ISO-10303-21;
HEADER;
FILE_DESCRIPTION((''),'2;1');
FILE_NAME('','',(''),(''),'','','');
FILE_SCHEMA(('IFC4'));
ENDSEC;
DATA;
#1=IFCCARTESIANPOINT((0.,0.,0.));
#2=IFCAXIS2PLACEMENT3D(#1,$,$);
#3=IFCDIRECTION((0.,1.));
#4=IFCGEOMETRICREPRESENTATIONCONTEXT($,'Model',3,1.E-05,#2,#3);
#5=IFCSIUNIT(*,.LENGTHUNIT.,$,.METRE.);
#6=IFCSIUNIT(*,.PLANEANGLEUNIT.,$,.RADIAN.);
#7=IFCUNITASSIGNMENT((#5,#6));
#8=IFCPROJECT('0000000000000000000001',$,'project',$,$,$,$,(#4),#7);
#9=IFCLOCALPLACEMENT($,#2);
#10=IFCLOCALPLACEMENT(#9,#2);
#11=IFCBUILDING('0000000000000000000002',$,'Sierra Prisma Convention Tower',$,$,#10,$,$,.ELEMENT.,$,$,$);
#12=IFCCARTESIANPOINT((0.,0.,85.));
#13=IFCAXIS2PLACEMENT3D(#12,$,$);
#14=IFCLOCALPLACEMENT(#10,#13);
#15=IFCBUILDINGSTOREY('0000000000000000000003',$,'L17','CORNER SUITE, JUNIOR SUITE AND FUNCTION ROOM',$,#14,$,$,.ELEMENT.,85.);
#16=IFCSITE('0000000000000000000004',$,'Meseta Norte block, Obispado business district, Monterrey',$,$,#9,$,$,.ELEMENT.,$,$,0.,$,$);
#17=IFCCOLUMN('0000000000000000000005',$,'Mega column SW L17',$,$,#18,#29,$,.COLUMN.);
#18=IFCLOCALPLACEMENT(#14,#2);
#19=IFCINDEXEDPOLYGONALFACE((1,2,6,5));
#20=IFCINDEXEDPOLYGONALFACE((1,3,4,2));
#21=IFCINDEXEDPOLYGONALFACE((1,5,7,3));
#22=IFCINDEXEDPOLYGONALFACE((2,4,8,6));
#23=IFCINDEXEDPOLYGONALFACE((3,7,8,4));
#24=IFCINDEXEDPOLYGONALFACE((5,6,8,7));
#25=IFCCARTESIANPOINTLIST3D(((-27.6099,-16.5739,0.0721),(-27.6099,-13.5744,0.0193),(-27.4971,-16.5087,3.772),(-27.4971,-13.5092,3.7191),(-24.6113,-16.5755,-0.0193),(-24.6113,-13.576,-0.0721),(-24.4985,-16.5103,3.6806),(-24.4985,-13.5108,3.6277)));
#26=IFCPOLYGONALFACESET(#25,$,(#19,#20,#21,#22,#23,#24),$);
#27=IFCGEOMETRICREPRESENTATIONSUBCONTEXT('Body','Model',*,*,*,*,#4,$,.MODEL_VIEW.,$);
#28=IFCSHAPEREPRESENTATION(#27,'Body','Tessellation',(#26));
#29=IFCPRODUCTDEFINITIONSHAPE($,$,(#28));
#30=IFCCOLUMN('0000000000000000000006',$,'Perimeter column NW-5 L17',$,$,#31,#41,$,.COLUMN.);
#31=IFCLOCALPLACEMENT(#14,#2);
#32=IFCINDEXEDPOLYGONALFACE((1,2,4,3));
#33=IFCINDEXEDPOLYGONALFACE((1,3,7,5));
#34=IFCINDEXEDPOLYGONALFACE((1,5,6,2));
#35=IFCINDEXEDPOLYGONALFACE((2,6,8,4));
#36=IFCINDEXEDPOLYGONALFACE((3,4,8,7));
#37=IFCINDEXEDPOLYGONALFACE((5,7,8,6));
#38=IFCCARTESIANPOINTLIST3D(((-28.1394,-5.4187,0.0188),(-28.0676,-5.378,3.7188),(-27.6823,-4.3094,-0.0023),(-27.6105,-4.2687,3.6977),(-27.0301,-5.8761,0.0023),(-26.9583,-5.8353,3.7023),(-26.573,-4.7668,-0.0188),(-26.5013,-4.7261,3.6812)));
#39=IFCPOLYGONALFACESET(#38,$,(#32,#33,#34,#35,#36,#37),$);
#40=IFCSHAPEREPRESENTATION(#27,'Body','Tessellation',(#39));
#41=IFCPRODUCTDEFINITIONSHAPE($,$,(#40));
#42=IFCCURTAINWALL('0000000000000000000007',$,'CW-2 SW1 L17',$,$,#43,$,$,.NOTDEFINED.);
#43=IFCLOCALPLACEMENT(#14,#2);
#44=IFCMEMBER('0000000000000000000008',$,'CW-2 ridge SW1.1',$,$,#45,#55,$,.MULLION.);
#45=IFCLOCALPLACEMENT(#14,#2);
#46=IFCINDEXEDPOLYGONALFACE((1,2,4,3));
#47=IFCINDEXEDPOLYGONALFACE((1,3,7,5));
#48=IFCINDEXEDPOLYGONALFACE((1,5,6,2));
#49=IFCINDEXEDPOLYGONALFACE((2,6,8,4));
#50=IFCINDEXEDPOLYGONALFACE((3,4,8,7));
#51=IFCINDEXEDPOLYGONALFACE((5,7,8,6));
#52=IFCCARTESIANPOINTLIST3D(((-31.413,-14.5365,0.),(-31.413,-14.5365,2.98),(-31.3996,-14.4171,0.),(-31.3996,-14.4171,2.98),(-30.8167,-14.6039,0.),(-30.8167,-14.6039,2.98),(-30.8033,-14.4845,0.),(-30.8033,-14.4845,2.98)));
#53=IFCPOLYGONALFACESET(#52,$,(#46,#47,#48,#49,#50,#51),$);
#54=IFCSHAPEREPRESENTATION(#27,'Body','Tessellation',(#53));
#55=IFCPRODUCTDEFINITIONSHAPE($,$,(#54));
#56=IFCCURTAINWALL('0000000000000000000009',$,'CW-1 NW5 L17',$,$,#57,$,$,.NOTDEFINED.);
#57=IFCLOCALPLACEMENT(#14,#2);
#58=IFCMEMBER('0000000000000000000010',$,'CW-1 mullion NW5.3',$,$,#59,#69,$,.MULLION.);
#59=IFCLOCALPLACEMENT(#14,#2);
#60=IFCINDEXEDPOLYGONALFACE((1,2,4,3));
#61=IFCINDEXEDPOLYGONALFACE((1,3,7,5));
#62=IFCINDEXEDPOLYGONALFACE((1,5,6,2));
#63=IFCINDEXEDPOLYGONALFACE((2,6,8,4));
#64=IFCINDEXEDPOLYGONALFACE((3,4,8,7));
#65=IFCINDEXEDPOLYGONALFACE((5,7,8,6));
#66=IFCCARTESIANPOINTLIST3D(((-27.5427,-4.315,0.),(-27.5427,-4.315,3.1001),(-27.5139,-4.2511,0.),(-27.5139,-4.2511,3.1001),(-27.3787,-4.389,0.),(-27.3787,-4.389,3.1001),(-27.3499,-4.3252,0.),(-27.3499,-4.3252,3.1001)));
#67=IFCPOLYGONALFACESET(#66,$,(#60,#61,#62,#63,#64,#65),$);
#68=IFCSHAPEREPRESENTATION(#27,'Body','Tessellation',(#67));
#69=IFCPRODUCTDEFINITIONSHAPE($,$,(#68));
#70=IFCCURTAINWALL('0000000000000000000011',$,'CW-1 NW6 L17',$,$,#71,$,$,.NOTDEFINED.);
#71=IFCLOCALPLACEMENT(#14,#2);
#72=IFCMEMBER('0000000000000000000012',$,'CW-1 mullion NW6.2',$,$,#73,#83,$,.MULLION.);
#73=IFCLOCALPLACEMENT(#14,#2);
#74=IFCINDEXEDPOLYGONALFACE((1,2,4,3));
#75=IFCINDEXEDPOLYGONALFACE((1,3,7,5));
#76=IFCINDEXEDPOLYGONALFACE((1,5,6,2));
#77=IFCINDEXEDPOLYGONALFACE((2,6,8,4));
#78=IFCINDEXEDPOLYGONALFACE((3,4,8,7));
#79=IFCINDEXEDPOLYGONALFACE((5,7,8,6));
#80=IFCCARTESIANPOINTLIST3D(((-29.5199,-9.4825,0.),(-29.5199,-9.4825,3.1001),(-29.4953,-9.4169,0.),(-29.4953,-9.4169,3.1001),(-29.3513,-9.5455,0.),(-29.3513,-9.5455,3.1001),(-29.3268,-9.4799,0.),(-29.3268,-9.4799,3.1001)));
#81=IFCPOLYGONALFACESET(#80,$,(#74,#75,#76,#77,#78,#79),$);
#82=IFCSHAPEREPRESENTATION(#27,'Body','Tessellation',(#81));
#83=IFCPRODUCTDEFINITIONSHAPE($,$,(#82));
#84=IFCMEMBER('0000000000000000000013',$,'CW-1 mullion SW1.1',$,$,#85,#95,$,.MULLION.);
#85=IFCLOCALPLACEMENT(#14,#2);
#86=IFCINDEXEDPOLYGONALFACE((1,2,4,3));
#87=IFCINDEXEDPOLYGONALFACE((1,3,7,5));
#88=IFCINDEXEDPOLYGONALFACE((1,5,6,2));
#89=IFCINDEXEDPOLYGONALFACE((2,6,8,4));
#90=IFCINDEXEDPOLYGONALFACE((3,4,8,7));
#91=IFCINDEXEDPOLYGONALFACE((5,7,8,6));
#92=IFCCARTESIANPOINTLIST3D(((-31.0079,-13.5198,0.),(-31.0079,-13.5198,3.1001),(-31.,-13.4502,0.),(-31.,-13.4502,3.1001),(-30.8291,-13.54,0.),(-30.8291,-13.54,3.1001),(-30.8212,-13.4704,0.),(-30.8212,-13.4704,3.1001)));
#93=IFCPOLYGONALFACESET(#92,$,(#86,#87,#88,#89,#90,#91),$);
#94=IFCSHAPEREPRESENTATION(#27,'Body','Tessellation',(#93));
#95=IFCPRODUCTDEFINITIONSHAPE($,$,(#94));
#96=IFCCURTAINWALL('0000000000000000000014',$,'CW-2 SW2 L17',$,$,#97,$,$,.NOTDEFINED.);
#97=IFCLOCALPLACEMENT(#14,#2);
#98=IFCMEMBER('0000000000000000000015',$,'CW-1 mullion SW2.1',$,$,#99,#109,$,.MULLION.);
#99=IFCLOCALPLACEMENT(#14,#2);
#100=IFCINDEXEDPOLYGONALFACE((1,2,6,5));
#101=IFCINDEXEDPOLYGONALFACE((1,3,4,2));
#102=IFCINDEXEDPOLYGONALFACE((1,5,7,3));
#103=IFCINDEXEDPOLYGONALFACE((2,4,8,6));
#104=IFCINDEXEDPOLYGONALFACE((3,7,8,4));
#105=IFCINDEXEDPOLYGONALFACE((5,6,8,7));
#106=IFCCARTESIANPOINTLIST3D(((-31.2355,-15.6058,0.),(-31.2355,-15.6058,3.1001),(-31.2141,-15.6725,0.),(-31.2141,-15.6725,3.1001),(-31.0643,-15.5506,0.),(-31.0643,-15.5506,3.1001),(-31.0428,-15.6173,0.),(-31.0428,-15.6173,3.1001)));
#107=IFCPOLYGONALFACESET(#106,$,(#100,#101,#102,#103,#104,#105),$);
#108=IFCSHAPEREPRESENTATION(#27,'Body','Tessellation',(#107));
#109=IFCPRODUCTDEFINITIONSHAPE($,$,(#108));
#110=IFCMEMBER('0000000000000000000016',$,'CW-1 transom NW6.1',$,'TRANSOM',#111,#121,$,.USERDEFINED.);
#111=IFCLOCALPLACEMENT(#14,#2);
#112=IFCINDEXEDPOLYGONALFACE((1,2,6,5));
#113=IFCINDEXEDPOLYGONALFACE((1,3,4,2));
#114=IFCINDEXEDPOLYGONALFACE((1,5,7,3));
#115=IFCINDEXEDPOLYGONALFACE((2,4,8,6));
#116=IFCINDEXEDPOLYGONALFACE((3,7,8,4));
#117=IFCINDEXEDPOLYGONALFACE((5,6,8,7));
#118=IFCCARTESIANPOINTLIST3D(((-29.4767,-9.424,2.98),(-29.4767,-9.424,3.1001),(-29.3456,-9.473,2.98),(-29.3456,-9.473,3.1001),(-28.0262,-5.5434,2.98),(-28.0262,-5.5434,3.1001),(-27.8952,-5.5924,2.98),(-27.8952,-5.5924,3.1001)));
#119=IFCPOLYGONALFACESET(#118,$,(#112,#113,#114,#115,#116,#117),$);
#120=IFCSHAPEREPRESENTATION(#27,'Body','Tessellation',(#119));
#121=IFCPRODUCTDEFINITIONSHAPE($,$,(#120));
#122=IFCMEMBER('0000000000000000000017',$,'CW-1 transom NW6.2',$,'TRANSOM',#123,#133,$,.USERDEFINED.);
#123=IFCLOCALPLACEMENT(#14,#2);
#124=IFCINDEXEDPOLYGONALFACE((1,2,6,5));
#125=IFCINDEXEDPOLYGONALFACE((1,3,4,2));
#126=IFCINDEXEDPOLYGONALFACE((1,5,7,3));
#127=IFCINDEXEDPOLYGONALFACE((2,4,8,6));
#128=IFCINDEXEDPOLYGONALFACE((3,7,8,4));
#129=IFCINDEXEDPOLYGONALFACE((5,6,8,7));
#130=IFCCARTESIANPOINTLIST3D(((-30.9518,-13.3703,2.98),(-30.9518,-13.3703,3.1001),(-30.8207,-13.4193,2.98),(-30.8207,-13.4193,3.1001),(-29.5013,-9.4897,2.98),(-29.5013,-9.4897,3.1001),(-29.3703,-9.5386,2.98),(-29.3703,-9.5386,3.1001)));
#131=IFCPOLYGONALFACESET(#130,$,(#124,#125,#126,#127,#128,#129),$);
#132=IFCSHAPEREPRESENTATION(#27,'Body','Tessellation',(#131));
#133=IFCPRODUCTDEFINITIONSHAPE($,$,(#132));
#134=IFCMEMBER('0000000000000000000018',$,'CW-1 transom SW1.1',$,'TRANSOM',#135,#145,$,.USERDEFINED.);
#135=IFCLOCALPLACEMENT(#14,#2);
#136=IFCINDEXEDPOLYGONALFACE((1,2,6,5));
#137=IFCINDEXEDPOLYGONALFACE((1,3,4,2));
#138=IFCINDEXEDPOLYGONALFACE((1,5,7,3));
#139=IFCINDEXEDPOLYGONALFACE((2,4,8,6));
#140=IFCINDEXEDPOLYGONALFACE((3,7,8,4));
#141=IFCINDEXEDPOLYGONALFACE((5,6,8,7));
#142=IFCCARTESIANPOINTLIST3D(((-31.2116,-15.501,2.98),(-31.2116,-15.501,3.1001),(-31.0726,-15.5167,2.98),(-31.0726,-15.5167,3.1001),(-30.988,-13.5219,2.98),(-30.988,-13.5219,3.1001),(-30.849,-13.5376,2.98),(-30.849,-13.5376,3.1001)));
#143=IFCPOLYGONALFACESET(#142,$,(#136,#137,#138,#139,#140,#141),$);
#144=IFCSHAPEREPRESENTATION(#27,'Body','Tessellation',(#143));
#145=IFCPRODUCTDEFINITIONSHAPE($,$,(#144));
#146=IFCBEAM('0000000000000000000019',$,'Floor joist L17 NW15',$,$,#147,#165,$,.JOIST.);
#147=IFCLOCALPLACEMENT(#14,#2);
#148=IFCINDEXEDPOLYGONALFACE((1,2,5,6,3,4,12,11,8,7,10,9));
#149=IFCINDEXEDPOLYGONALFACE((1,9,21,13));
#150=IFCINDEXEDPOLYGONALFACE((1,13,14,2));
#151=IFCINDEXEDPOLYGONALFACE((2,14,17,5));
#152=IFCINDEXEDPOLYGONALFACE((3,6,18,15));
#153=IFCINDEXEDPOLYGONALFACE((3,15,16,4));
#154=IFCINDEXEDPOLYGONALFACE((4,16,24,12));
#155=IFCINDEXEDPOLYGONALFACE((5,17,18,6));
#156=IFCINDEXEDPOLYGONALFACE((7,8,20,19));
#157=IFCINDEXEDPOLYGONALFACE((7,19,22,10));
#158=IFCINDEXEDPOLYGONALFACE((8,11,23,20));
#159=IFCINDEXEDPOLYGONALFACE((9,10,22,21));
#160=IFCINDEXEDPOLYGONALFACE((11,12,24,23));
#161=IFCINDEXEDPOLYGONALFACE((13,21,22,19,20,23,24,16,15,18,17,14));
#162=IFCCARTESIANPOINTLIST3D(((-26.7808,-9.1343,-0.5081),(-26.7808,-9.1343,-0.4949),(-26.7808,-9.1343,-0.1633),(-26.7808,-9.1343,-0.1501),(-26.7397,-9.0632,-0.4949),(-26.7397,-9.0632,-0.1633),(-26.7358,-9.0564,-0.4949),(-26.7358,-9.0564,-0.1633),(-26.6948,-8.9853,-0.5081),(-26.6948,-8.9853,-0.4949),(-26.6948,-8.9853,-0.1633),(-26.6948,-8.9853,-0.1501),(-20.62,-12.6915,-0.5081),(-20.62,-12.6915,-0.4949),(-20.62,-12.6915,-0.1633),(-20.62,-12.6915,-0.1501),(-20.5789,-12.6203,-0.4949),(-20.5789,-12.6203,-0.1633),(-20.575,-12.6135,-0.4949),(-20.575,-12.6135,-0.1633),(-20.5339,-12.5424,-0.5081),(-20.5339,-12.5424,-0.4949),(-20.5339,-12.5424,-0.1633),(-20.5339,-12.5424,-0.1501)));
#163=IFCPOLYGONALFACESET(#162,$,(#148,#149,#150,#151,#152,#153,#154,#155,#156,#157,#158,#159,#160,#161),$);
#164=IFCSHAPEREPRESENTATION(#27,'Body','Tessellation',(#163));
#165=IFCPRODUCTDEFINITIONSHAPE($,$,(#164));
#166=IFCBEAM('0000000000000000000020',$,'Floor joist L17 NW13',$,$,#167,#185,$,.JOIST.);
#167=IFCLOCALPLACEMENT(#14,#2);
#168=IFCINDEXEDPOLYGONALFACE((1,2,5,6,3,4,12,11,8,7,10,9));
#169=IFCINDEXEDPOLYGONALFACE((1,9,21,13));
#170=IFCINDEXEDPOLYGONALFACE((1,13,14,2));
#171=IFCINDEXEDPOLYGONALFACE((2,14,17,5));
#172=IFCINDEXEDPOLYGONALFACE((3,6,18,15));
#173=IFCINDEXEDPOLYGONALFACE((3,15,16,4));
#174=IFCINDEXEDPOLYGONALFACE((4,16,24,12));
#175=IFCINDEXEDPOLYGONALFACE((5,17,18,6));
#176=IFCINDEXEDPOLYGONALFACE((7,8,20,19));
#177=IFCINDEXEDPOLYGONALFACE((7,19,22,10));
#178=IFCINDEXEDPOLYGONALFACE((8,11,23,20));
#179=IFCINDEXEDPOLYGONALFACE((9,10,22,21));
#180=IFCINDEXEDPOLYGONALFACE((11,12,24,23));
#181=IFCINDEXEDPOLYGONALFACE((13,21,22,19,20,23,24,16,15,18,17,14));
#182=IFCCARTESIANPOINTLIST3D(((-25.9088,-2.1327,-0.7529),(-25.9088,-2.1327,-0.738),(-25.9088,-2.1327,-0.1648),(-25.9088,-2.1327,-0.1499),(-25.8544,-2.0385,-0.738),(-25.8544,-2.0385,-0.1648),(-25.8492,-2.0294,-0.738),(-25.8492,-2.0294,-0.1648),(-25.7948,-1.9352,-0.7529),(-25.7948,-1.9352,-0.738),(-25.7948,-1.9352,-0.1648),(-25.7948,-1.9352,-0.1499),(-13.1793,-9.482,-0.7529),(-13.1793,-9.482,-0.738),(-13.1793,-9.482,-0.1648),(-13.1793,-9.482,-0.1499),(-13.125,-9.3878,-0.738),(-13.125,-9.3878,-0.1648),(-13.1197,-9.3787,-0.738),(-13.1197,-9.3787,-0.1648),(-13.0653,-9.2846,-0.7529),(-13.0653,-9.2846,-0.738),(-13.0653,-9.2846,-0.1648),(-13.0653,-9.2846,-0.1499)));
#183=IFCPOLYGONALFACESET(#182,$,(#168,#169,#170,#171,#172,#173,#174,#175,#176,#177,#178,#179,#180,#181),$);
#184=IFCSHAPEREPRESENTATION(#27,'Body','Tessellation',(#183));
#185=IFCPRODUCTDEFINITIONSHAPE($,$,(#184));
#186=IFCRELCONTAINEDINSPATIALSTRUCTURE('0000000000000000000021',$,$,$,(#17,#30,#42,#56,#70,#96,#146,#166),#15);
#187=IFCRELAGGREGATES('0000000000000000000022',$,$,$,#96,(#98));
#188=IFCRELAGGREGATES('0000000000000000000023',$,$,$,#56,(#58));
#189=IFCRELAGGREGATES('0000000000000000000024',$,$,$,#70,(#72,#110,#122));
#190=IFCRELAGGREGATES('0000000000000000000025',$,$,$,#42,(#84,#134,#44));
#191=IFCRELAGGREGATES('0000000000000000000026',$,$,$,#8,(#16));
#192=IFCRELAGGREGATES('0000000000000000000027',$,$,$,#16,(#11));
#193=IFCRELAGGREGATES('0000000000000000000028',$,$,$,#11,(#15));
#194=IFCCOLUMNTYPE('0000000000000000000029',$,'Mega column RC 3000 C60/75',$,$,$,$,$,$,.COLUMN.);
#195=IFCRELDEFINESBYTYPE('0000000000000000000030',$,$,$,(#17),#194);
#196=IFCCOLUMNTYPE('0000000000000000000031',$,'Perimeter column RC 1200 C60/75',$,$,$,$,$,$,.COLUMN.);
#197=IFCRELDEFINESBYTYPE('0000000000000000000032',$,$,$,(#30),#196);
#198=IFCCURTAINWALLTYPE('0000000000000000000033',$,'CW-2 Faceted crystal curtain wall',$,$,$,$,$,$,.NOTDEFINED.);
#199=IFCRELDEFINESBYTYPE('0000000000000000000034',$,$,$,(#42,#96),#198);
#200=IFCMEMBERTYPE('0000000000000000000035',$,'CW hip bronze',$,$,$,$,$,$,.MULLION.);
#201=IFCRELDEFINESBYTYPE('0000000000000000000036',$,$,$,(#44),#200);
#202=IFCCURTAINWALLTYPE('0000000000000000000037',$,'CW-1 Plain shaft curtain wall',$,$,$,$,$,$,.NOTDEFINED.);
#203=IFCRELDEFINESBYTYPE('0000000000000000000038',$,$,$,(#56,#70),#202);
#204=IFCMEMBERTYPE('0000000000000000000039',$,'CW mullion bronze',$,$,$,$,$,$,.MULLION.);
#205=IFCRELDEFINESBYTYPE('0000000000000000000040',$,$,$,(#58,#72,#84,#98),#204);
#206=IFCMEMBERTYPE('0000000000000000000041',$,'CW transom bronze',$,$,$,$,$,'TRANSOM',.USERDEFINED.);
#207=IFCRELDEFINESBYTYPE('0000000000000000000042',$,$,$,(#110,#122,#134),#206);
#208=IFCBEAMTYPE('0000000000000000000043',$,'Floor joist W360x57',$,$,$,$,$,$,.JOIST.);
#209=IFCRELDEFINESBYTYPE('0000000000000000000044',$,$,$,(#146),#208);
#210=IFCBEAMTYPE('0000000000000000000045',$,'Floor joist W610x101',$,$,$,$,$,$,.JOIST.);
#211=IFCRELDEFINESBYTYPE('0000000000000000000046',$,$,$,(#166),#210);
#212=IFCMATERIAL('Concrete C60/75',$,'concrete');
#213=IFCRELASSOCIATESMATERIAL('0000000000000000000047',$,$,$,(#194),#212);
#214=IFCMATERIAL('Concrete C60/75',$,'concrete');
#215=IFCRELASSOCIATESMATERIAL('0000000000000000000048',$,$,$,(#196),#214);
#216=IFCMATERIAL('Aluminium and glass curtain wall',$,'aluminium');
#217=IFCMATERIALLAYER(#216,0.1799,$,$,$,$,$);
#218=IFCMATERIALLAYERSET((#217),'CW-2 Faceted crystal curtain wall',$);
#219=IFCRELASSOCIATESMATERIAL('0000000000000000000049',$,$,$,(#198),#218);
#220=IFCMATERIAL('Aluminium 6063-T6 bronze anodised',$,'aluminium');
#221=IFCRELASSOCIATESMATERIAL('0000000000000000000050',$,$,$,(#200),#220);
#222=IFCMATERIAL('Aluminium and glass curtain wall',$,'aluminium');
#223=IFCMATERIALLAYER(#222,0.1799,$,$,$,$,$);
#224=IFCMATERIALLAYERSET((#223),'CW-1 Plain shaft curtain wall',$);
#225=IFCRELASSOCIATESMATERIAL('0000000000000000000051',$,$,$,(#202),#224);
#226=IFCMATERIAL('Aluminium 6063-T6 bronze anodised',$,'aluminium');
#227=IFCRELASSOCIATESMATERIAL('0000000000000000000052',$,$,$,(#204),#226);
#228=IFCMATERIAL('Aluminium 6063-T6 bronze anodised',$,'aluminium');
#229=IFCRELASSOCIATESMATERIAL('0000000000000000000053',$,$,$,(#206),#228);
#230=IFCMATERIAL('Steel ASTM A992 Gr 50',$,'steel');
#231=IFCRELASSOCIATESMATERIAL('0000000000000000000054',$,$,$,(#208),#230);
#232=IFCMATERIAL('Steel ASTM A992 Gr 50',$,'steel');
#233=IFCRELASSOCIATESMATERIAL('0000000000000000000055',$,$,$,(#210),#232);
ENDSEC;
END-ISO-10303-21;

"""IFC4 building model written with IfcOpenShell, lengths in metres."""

from ifc_helpers import new_model, si_unit, direction, frame, origin, origin_2d, place, context, subcontext, project, spatial, rectangle, i_section, extrude, material, layer, layer_set, material_profile, profile_set, type_object, element, aggregate, save


model = new_model("IFC4")

# Units and contexts
model_context = context("Model", 3, precision=1e-05, world=origin(), true_north=direction((0.0, 1.0)))
body_context = subcontext(model_context, "Body", "Model", "MODEL_VIEW")
ifc_project = project(units=[si_unit("LENGTHUNIT", "METRE"), si_unit("PLANEANGLEUNIT", "RADIAN")], contexts=[model_context])

# Site, building, storey
site_placement = place(None, origin())
site = spatial("IfcSite", under=ifc_project, at=site_placement, Name="Meseta Norte block, Obispado business district, Monterrey", CompositionType="ELEMENT", RefElevation=0.0)
building_placement = place(site_placement, origin())
building = spatial("IfcBuilding", under=site, at=building_placement, Name="Sierra Prisma Convention Tower", CompositionType="ELEMENT")
storey_placement = place(building_placement, frame((0.0, 0.0, 85.0)))
storey = spatial("IfcBuildingStorey", under=building, at=storey_placement, Name="L17", Description="CORNER SUITE, JUNIOR SUITE AND FUNCTION ROOM", CompositionType="ELEMENT", Elevation=85.0)

# Columns
ifc_material_1 = material(Name="Concrete C60/75", Category="concrete")
ifc_material_profile_1 = material_profile(ifc_material_1, rectangle(XDim=3.0, YDim=3.0, at=origin_2d()), Name="Mega column RC 3000 C60/75")
ifc_profile_set_1 = profile_set([ifc_material_profile_1], Name="Concrete C60/75")
column_type_1 = type_object("IfcColumnType", Name="Mega column RC 3000 C60/75", PredefinedType="COLUMN", material=ifc_profile_set_1)
column_1_placement = place(storey_placement, frame((-26.1106, -15.075, 0.0), z_axis=(0.030466, 0.017607, 0.999381), x_axis=(0.999536, -0.000537, -0.030461)))
element("IfcColumn", 1, at=column_1_placement, inside=storey, type_object=column_type_1, Name="Mega column SW L17", PredefinedType="COLUMN", context=body_context, shape_type="SweptSolid", body=[
    extrude(rectangle(XDim=3.0, YDim=3.0, at=origin_2d()), origin(), (0.0, 0.0, 1.0), 3.7021),
])
ifc_material_2 = material(Name="Concrete C60/75", Category="concrete")
ifc_material_profile_2 = material_profile(ifc_material_2, rectangle(XDim=1.2, YDim=1.2, at=origin_2d()), Name="Perimeter column RC 1200 C60/75")
ifc_profile_set_2 = profile_set([ifc_material_profile_2], Name="Concrete C60/75")
column_type_2 = type_object("IfcColumnType", Name="Perimeter column RC 1200 C60/75", PredefinedType="COLUMN", material=ifc_profile_set_2)
column_2_placement = place(storey_placement, frame((-27.3562, -5.0928, 0.0), z_axis=(0.019395, 0.011017, 0.999751), x_axis=(0.380923, 0.92444, -0.017577)))
element("IfcColumn", 2, at=column_2_placement, inside=storey, type_object=column_type_2, Name="Perimeter column NW-5 L17", PredefinedType="COLUMN", context=body_context, shape_type="SweptSolid", body=[
    extrude(rectangle(XDim=1.2, YDim=1.2, at=origin_2d()), origin(), (0.0, 0.0, 1.0), 3.7009),
])

# Curtain walls, members
ifc_material_3 = material(Name="Aluminium and glass curtain wall", Category="aluminium")
ifc_layer_1 = layer(ifc_material_3, 0.1799)
ifc_layer_set_1 = layer_set([ifc_layer_1], Name="CW-2 Faceted crystal curtain wall")
curtain_wall_type_1 = type_object("IfcCurtainWallType", Name="CW-2 Faceted crystal curtain wall", PredefinedType="NOTDEFINED", material=ifc_layer_set_1)
curtain_wall_1_placement = place(storey_placement, origin())
curtain_wall_1 = element("IfcCurtainWall", 3, at=curtain_wall_1_placement, inside=storey, type_object=curtain_wall_type_1, Name="CW-2 SW1 L17", PredefinedType="NOTDEFINED")
ifc_material_4 = material(Name="Aluminium 6063-T6 bronze anodised", Category="aluminium")
ifc_material_profile_3 = material_profile(ifc_material_4, rectangle(XDim=0.1201, YDim=0.6001, at=origin_2d()), Name="ALU RIDGE BLADE 120x600")
ifc_profile_set_3 = profile_set([ifc_material_profile_3], Name="Aluminium 6063-T6 bronze anodised")
member_type_1 = type_object("IfcMemberType", Name="CW hip bronze", PredefinedType="MULLION", material=ifc_profile_set_3)
member_1_placement = place(storey_placement, frame((-31.1082, -14.5105, 0.0), z_axis=(0.0, 0.0, 1.0), x_axis=(-0.112244, -0.993681, 0.0)))
member_1 = element("IfcMember", 4, at=member_1_placement, type_object=member_type_1, Name="CW-2 ridge SW1.1", PredefinedType="MULLION", context=body_context, shape_type="SweptSolid", body=[
    extrude(rectangle(XDim=0.1201, YDim=0.6001, at=origin_2d()), origin(), (0.0, 0.0, 1.0), 2.98),
])
ifc_material_5 = material(Name="Aluminium and glass curtain wall", Category="aluminium")
ifc_layer_2 = layer(ifc_material_5, 0.1799)
ifc_layer_set_2 = layer_set([ifc_layer_2], Name="CW-1 Plain shaft curtain wall")
curtain_wall_type_2 = type_object("IfcCurtainWallType", Name="CW-1 Plain shaft curtain wall", PredefinedType="NOTDEFINED", material=ifc_layer_set_2)
curtain_wall_2_placement = place(storey_placement, origin())
curtain_wall_2 = element("IfcCurtainWall", 5, at=curtain_wall_2_placement, inside=storey, type_object=curtain_wall_type_2, Name="CW-1 NW5 L17", PredefinedType="NOTDEFINED")
ifc_material_6 = material(Name="Aluminium 6063-T6 bronze anodised", Category="aluminium")
ifc_material_profile_4 = material_profile(ifc_material_6, rectangle(XDim=0.1799, YDim=0.0701, at=origin_2d()), Name="ALU MULLION 70x180")
ifc_profile_set_4 = profile_set([ifc_material_profile_4], Name="Aluminium 6063-T6 bronze anodised")
member_type_2 = type_object("IfcMemberType", Name="CW mullion bronze", PredefinedType="MULLION", material=ifc_profile_set_4)
member_2_placement = place(storey_placement, frame((-27.4463, -4.3201, 0.0), z_axis=(0.0, 0.0, 1.0), x_axis=(0.911429, -0.411458, 0.0)))
member_2 = element("IfcMember", 6, at=member_2_placement, type_object=member_type_2, Name="CW-1 mullion NW5.3", PredefinedType="MULLION", context=body_context, shape_type="SweptSolid", body=[
    extrude(rectangle(XDim=0.1799, YDim=0.0701, at=origin_2d()), origin(), (0.0, 0.0, 1.0), 3.1001),
])
curtain_wall_3_placement = place(storey_placement, origin())
curtain_wall_3 = element("IfcCurtainWall", 7, at=curtain_wall_3_placement, inside=storey, type_object=curtain_wall_type_2, Name="CW-1 NW6 L17", PredefinedType="NOTDEFINED")
member_3_placement = place(storey_placement, frame((-29.4233, -9.4812, 0.0), z_axis=(0.0, 0.0, 1.0), x_axis=(0.936708, -0.350111, 0.0)))
member_3 = element("IfcMember", 8, at=member_3_placement, type_object=member_type_2, Name="CW-1 mullion NW6.2", PredefinedType="MULLION", context=body_context, shape_type="SweptSolid", body=[
    extrude(rectangle(XDim=0.1799, YDim=0.0701, at=origin_2d()), origin(), (0.0, 0.0, 1.0), 3.1001),
])

# Member
member_4_placement = place(storey_placement, frame((-30.9146, -13.4951, 0.0), z_axis=(0.0, 0.0, 1.0), x_axis=(0.993681, -0.112244, 0.0)))
member_4 = element("IfcMember", 9, at=member_4_placement, type_object=member_type_2, Name="CW-1 mullion SW1.1", PredefinedType="MULLION", context=body_context, shape_type="SweptSolid", body=[
    extrude(rectangle(XDim=0.1799, YDim=0.0701, at=origin_2d()), origin(), (0.0, 0.0, 1.0), 3.1001),
])

# Curtain wall, member
curtain_wall_4_placement = place(storey_placement, origin())
curtain_wall_4 = element("IfcCurtainWall", 10, at=curtain_wall_4_placement, inside=storey, type_object=curtain_wall_type_1, Name="CW-2 SW2 L17", PredefinedType="NOTDEFINED")
member_5_placement = place(storey_placement, frame((-31.1392, -15.6116, 0.0), z_axis=(0.0, 0.0, 1.0), x_axis=(0.951853, 0.306555, 0.0)))
member_5 = element("IfcMember", 11, at=member_5_placement, type_object=member_type_2, Name="CW-1 mullion SW2.1", PredefinedType="MULLION", context=body_context, shape_type="SweptSolid", body=[
    extrude(rectangle(XDim=0.1799, YDim=0.0701, at=origin_2d()), origin(), (0.0, 0.0, 1.0), 3.1001),
])
aggregate(curtain_wall_4, [member_5])

# Members
ifc_material_7 = material(Name="Aluminium 6063-T6 bronze anodised", Category="aluminium")
ifc_material_profile_5 = material_profile(ifc_material_7, rectangle(XDim=0.1399, YDim=0.1201, at=origin_2d()), Name="ALU TRANSOM 120x140")
ifc_profile_set_5 = profile_set([ifc_material_profile_5], Name="Aluminium 6063-T6 bronze anodised")
member_type_3 = type_object("IfcMemberType", Name="CW transom bronze", ElementType="TRANSOM", PredefinedType="USERDEFINED", material=ifc_profile_set_5)
member_6_placement = place(storey_placement, frame((-27.9607, -5.5679, 3.04), z_axis=(-0.350109, -0.936709, 0.0), x_axis=(0.936709, -0.350109, 0.0)))
member_6 = element("IfcMember", 12, at=member_6_placement, type_object=member_type_3, Name="CW-1 transom NW6.1", ObjectType="TRANSOM", PredefinedType="USERDEFINED", context=body_context, shape_type="SweptSolid", body=[
    extrude(rectangle(XDim=0.1399, YDim=0.1201, at=origin_2d()), origin(), (0.0, 0.0, 1.0), 4.1428),
])
member_7_placement = place(storey_placement, frame((-29.4358, -9.5142, 3.04), z_axis=(-0.350109, -0.936709, 0.0), x_axis=(0.936709, -0.350109, 0.0)))
member_7 = element("IfcMember", 13, at=member_7_placement, type_object=member_type_3, Name="CW-1 transom NW6.2", ObjectType="TRANSOM", PredefinedType="USERDEFINED", context=body_context, shape_type="SweptSolid", body=[
    extrude(rectangle(XDim=0.1399, YDim=0.1201, at=origin_2d()), origin(), (0.0, 0.0, 1.0), 4.1428),
])
member_8_placement = place(storey_placement, frame((-30.9185, -13.5298, 3.04), z_axis=(-0.112288, -0.993676, 0.0), x_axis=(0.993676, -0.112288, 0.0)))
member_8 = element("IfcMember", 14, at=member_8_placement, type_object=member_type_3, Name="CW-1 transom SW1.1", ObjectType="TRANSOM", PredefinedType="USERDEFINED", context=body_context, shape_type="SweptSolid", body=[
    extrude(rectangle(XDim=0.1399, YDim=0.1201, at=origin_2d()), origin(), (0.0, 0.0, 1.0), 1.9917),
])

# Beams
ifc_material_8 = material(Name="Steel ASTM A992 Gr 50", Category="steel")
ifc_material_profile_6 = material_profile(ifc_material_8, i_section(OverallWidth=0.1721, OverallDepth=0.3579, WebThickness=0.0078, FlangeThickness=0.0132, at=origin_2d()), Name="W360x57")
ifc_profile_set_6 = profile_set([ifc_material_profile_6], Name="Steel ASTM A992 Gr 50")
beam_type_1 = type_object("IfcBeamType", Name="Floor joist W360x57", PredefinedType="JOIST", material=ifc_profile_set_6)
beam_1_placement = place(storey_placement, frame((-26.7378, -9.0598, -0.3291), z_axis=(0.866017, -0.500015, 0.0), x_axis=(0.500015, 0.866017, 0.0)))
element("IfcBeam", 15, at=beam_1_placement, inside=storey, type_object=beam_type_1, Name="Floor joist L17 NW15", PredefinedType="JOIST", context=body_context, shape_type="SweptSolid", body=[
    extrude(i_section(OverallWidth=0.1721, OverallDepth=0.3579, WebThickness=0.0078, FlangeThickness=0.0132, at=origin_2d()), origin(), (0.0, 0.0, 1.0), 7.114),
])
ifc_material_9 = material(Name="Steel ASTM A992 Gr 50", Category="steel")
ifc_material_profile_7 = material_profile(ifc_material_9, i_section(OverallWidth=0.228, OverallDepth=0.603, WebThickness=0.0105, FlangeThickness=0.0149, at=origin_2d()), Name="W610x101")
ifc_profile_set_7 = profile_set([ifc_material_profile_7], Name="Steel ASTM A992 Gr 50")
beam_type_2 = type_object("IfcBeamType", Name="Floor joist W610x101", PredefinedType="JOIST", material=ifc_profile_set_7)
beam_2_placement = place(storey_placement, frame((-25.8518, -2.0339, -0.4514), z_axis=(0.866026, -0.499999, 0.0), x_axis=(0.499999, 0.866026, 0.0)))
element("IfcBeam", 16, at=beam_2_placement, inside=storey, type_object=beam_type_2, Name="Floor joist L17 NW13", PredefinedType="JOIST", context=body_context, shape_type="SweptSolid", body=[
    extrude(i_section(OverallWidth=0.228, OverallDepth=0.603, WebThickness=0.0105, FlangeThickness=0.0149, at=origin_2d()), origin(), (0.0, 0.0, 1.0), 14.6987),
])

aggregate(curtain_wall_2, [member_2])
aggregate(curtain_wall_3, [member_3, member_6, member_7])
aggregate(curtain_wall_1, [member_4, member_8, member_1])

save(model, "model.ifc")
